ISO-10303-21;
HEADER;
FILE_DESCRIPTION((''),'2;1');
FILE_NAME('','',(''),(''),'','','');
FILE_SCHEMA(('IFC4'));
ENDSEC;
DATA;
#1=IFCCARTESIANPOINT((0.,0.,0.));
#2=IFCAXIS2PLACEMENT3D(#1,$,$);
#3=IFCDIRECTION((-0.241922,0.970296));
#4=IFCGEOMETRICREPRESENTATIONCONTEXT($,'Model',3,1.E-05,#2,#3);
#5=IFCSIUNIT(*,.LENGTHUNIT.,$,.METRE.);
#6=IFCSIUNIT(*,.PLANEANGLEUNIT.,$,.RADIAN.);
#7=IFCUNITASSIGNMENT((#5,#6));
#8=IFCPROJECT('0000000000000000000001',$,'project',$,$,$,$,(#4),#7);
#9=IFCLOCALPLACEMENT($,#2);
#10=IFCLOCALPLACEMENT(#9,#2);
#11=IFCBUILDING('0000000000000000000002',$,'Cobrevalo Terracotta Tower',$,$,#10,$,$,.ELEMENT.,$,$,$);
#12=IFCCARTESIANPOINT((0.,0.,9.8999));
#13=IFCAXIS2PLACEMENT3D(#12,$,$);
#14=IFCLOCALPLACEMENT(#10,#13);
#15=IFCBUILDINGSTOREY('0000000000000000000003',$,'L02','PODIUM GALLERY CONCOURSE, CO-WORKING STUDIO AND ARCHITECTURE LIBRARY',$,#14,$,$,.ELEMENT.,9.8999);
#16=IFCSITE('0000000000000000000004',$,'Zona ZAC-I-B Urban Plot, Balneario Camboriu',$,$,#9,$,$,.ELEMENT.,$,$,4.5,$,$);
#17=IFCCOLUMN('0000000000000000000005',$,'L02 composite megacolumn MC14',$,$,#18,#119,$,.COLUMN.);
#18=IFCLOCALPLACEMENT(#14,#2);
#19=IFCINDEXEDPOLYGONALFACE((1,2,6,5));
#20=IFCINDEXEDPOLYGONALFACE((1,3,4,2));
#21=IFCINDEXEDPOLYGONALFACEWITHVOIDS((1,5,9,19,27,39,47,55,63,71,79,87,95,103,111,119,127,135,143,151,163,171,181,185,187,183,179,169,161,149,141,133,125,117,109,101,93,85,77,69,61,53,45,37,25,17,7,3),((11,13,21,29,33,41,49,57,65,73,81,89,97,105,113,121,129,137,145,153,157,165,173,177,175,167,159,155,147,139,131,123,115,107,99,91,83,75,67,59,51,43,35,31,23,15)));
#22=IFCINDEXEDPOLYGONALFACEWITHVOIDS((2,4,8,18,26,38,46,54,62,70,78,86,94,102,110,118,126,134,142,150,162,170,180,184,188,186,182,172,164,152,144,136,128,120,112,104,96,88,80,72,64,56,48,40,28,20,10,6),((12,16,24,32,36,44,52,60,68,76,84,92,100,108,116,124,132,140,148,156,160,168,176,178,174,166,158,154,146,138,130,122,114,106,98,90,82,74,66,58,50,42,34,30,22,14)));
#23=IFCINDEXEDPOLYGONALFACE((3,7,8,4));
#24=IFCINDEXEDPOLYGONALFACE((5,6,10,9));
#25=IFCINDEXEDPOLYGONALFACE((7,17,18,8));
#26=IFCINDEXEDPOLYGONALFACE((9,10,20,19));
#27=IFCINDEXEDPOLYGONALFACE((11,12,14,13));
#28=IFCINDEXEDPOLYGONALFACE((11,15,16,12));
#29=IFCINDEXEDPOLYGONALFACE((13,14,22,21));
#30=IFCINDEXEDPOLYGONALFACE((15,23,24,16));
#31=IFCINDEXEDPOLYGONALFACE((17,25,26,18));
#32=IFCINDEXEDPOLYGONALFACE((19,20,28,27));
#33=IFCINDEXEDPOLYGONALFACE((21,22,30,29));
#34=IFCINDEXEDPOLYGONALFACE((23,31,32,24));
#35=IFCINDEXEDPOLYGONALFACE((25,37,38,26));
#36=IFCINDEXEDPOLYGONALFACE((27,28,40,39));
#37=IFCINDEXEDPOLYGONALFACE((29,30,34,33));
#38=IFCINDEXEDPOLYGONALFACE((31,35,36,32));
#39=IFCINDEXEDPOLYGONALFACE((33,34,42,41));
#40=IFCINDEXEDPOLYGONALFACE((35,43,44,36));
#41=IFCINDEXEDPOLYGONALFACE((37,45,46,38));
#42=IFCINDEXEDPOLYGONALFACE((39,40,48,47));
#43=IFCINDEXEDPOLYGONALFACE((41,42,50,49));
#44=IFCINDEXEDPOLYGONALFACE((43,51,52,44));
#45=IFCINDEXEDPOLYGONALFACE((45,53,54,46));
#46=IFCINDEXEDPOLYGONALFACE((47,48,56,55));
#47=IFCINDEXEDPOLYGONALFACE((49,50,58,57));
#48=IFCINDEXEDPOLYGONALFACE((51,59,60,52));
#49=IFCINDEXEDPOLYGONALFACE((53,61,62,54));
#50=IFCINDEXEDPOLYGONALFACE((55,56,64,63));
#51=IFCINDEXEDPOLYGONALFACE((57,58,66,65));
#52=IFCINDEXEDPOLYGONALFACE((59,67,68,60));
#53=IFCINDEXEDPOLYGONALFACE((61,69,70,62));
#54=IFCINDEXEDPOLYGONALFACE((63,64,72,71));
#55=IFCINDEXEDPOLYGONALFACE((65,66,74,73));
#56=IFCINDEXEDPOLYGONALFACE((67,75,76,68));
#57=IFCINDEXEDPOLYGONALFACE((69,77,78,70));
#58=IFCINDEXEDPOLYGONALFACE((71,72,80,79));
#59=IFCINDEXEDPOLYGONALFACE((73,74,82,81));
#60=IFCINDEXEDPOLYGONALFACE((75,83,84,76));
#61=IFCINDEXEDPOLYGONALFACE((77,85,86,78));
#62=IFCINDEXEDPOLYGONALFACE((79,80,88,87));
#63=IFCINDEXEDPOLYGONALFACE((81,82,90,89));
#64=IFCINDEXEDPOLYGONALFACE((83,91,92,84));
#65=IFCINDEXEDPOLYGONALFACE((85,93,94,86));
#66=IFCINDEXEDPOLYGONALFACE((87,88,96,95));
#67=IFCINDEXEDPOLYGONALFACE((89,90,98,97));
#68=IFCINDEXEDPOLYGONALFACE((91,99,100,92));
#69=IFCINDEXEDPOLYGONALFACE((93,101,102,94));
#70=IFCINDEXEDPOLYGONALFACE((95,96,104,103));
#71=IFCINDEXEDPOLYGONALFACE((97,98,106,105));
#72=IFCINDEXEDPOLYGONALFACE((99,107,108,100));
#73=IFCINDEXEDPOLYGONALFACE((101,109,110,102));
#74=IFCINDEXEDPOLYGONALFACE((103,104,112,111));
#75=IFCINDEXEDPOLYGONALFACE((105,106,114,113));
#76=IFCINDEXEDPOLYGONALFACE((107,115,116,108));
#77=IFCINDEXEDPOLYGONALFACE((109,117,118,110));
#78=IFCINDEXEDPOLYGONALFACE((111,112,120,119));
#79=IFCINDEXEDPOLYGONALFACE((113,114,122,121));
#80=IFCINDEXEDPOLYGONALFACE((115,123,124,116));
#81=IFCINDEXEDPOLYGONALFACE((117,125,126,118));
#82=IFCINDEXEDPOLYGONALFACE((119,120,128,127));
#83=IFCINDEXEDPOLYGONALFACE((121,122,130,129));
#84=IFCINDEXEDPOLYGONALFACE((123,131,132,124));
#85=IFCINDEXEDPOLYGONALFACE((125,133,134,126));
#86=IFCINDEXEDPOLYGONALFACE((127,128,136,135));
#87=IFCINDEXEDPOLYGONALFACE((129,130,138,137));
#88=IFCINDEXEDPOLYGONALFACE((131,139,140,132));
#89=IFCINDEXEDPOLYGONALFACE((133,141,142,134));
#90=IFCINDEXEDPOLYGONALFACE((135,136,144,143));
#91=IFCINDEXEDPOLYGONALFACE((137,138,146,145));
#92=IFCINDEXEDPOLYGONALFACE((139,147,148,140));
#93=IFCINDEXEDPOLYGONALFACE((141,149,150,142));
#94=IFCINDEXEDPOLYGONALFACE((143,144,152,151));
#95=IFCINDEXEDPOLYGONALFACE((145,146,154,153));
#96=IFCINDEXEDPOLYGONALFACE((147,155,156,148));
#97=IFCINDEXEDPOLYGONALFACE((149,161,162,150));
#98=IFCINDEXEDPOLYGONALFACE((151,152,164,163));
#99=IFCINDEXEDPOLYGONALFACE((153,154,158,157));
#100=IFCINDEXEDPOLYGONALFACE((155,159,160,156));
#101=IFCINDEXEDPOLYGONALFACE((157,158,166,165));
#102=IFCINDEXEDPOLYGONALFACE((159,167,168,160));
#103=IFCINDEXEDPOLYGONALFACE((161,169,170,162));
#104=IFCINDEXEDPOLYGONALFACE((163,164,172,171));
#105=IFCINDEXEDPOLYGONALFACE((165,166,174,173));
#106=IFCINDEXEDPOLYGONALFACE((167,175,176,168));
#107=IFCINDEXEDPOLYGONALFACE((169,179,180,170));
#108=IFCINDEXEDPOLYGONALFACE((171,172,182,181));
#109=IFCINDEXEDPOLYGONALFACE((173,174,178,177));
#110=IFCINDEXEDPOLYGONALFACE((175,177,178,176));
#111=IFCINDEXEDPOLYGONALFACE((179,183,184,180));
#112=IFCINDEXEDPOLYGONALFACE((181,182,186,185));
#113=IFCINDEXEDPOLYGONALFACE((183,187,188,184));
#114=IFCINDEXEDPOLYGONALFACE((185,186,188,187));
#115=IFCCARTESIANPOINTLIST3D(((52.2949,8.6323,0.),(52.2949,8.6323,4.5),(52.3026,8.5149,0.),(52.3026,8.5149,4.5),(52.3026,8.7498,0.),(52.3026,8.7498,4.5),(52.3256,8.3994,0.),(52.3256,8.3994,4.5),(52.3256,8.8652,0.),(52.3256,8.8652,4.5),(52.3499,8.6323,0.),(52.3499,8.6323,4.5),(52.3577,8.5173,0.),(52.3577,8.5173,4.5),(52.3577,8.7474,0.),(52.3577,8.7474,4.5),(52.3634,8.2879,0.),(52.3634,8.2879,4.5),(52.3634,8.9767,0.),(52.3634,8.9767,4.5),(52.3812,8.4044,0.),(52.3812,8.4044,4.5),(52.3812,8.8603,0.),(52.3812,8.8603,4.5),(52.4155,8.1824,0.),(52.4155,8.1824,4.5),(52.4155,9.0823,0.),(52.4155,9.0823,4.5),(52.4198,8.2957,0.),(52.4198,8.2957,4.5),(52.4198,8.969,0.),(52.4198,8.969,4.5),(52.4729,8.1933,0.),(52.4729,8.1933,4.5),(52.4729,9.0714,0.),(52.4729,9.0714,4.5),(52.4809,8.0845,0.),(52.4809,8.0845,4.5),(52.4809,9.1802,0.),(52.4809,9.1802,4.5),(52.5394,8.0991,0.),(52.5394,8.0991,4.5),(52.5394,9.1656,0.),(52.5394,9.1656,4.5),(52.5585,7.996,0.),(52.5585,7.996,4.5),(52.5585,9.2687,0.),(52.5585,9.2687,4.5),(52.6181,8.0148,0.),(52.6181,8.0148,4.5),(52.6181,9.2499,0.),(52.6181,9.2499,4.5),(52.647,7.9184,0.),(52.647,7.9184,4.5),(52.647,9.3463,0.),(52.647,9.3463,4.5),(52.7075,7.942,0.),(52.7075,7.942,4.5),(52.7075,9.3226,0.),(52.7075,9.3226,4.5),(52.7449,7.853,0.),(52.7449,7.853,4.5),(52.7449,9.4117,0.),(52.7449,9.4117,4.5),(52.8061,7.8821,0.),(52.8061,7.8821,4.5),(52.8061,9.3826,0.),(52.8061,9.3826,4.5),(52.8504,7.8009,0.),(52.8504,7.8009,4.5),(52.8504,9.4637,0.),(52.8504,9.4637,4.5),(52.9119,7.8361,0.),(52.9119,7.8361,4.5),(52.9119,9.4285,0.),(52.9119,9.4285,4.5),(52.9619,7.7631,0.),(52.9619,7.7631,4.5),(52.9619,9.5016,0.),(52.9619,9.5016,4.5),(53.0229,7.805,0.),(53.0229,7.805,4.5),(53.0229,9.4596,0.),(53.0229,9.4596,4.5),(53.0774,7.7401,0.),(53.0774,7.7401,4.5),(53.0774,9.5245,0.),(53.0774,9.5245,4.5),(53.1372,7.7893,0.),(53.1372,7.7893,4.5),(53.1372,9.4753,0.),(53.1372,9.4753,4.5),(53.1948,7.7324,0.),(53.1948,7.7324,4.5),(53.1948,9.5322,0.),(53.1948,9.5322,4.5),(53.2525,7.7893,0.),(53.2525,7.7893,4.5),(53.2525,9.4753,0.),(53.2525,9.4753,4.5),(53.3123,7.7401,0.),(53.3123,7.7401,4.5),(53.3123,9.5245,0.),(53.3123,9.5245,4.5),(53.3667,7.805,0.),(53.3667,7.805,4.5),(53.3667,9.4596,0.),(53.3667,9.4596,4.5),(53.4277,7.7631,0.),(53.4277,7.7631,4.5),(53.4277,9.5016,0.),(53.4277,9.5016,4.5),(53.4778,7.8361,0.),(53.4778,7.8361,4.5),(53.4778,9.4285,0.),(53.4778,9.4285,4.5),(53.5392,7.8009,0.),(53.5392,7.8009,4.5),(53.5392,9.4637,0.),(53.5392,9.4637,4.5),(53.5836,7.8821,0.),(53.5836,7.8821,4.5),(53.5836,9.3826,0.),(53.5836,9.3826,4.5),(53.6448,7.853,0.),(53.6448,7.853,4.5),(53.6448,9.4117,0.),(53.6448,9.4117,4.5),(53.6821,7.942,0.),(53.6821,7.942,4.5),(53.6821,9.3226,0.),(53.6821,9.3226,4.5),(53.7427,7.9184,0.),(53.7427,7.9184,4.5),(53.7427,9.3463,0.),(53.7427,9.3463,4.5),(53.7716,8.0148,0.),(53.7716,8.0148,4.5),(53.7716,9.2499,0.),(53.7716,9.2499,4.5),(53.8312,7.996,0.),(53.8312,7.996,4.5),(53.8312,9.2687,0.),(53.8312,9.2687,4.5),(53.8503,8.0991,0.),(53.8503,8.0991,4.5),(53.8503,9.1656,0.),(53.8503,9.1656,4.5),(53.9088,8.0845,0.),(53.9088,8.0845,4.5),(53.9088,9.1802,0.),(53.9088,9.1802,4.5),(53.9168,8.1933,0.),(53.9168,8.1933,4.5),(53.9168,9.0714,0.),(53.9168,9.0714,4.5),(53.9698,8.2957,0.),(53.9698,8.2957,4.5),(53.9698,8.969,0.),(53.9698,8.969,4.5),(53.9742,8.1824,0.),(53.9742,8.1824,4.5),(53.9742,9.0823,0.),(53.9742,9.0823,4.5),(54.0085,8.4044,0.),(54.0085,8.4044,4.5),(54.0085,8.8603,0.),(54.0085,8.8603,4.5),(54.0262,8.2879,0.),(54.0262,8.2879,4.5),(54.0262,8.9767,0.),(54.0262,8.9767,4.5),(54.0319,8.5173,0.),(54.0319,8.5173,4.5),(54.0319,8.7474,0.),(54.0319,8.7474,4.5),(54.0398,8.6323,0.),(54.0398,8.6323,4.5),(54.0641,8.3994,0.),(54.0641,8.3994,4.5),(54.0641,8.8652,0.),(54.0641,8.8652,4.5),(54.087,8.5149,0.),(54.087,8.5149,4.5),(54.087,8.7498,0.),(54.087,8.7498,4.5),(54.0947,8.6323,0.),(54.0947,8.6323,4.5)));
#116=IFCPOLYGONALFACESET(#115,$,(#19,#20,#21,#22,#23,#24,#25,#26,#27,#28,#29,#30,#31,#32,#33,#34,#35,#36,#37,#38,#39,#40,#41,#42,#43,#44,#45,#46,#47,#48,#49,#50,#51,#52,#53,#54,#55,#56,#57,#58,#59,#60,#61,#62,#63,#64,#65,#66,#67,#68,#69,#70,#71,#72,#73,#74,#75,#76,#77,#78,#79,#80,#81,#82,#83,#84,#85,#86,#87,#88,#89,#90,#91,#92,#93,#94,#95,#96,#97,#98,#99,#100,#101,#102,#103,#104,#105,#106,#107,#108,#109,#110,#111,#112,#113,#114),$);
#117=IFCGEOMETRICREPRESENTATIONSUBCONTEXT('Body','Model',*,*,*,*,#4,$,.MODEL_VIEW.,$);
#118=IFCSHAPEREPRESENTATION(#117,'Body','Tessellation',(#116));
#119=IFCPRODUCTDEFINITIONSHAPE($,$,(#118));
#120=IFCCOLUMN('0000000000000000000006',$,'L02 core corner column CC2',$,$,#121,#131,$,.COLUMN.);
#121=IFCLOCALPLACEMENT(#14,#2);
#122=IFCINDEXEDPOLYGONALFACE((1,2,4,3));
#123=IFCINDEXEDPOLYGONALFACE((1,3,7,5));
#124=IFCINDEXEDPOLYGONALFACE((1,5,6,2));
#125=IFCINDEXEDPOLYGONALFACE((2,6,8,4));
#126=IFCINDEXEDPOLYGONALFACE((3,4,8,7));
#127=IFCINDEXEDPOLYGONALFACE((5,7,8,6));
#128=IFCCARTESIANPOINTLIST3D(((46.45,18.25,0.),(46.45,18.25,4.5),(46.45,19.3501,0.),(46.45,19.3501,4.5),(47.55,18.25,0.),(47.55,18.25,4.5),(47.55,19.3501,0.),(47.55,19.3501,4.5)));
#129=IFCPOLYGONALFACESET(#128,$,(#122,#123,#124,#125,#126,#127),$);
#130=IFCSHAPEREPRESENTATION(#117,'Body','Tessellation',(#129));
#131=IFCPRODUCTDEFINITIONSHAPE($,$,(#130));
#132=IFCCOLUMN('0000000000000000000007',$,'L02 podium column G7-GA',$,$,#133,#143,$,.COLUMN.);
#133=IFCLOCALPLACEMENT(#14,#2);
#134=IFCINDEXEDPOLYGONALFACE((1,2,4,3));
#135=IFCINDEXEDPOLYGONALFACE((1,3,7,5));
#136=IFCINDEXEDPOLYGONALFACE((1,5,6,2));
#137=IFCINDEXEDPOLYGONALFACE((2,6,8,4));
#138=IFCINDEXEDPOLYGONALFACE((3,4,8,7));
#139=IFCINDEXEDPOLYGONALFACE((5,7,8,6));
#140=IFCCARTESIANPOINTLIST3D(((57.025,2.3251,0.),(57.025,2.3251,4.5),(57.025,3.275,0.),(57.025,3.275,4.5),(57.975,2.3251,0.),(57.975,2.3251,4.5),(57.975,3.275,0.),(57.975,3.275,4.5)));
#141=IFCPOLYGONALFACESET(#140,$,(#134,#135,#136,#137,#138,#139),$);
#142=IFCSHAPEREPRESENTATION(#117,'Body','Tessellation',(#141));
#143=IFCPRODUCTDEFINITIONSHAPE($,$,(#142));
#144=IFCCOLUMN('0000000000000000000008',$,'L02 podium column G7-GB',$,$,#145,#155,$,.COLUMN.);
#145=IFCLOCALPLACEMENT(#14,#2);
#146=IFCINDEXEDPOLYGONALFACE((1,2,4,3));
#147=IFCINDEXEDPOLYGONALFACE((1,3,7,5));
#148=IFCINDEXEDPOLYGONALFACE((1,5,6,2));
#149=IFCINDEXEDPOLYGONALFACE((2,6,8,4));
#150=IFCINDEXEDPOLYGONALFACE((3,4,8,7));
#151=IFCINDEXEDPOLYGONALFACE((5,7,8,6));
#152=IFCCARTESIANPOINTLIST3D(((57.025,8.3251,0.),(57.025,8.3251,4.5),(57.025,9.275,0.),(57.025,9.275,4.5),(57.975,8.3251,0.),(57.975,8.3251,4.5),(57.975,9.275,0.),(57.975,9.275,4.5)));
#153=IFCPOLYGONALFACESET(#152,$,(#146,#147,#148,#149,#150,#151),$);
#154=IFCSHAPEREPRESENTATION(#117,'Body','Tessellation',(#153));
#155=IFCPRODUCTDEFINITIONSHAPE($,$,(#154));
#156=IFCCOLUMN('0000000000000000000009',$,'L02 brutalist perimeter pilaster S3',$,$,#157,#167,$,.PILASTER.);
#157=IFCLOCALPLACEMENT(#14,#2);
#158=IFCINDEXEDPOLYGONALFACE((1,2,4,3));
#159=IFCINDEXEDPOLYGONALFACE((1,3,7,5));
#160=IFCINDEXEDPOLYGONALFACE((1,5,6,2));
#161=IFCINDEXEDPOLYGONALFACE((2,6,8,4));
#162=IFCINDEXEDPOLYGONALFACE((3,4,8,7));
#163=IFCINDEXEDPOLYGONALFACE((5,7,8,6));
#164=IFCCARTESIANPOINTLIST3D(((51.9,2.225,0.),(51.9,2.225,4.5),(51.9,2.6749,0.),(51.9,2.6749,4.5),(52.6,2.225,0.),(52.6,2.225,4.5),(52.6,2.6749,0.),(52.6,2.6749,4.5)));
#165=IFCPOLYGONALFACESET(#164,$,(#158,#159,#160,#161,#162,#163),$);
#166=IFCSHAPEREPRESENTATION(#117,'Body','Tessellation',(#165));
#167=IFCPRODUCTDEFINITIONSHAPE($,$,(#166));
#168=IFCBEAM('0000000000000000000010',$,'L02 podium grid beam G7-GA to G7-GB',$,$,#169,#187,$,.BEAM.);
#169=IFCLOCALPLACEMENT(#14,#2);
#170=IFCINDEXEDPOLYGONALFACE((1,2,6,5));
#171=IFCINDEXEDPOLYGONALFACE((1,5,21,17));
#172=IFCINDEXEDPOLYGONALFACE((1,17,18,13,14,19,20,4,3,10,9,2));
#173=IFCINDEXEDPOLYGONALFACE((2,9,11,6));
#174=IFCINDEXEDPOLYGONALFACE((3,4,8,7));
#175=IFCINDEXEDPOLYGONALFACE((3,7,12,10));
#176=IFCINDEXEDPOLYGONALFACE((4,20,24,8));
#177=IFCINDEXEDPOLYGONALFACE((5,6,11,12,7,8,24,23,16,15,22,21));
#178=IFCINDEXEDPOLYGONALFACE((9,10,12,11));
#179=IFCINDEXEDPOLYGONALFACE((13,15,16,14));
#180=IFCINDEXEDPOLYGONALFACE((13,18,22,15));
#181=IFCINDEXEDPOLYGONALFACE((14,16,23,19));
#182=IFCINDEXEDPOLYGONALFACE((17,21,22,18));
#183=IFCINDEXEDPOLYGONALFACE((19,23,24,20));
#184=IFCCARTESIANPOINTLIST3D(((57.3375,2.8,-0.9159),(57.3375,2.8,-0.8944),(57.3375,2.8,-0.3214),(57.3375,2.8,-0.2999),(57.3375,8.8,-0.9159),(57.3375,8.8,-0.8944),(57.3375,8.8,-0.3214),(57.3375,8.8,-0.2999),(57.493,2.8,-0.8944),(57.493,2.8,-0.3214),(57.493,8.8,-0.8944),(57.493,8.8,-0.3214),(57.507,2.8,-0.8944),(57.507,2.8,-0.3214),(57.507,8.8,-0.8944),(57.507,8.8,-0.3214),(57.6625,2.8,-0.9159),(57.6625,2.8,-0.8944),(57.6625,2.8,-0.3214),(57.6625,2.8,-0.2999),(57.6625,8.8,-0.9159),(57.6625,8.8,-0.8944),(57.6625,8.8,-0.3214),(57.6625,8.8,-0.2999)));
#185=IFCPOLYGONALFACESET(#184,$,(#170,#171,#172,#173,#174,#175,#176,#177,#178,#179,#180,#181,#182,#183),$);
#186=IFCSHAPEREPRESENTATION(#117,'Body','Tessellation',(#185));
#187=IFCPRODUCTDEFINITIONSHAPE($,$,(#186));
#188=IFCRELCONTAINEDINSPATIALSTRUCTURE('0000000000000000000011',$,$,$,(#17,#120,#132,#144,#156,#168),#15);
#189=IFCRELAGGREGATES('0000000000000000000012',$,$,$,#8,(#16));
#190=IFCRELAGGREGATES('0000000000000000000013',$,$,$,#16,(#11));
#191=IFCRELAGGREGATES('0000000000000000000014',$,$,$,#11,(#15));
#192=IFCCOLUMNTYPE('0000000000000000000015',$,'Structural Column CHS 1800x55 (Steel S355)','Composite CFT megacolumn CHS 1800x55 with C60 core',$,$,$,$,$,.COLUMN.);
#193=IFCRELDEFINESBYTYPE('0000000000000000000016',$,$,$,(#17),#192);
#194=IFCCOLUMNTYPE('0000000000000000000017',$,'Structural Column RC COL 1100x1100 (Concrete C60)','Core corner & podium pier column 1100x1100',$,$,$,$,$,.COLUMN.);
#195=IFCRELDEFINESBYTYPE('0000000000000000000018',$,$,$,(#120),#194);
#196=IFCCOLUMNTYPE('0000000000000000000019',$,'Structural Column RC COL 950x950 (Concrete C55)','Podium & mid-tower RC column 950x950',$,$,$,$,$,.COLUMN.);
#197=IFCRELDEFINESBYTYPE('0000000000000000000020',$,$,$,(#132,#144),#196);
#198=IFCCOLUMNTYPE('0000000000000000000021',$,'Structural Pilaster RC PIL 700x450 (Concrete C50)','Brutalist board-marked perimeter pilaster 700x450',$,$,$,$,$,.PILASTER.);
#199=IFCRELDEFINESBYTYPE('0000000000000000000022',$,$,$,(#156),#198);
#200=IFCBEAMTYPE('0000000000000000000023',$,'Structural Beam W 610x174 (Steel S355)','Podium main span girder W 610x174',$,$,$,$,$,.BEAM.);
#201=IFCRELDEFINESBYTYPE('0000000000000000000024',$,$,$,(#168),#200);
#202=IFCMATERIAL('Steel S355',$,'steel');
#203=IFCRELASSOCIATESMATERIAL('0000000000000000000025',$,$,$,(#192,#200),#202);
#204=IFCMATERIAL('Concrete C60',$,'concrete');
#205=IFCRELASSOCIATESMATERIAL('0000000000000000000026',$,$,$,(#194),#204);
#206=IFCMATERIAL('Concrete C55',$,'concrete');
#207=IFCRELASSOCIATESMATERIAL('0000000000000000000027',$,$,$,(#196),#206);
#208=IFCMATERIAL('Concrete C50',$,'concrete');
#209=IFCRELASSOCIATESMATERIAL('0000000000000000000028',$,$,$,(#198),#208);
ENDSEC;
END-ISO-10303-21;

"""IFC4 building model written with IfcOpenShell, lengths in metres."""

from ifc_helpers import new_model, si_unit, direction, frame, origin, origin_2d, place, context, subcontext, project, spatial, rectangle, hollow_circle, i_section, extrude, material, material_profile, profile_set, type_object, element, save


model = new_model("IFC4")

# Units and contexts
model_context = context("Model", 3, precision=1e-05, world=origin(), true_north=direction((-0.241922, 0.970296)))
body_context = subcontext(model_context, "Body", "Model", "MODEL_VIEW")
ifc_project = project(units=[si_unit("LENGTHUNIT", "METRE"), si_unit("PLANEANGLEUNIT", "RADIAN")], contexts=[model_context])

# Site, building, storey
site_placement = place(None, origin())
site = spatial("IfcSite", under=ifc_project, at=site_placement, Name="Zona ZAC-I-B Urban Plot, Balneario Camboriu", CompositionType="ELEMENT", RefElevation=4.5)
building_placement = place(site_placement, origin())
building = spatial("IfcBuilding", under=site, at=building_placement, Name="Cobrevalo Terracotta Tower", CompositionType="ELEMENT")
storey_placement = place(building_placement, frame((0.0, 0.0, 9.8999)))
storey = spatial("IfcBuildingStorey", under=building, at=storey_placement, Name="L02", Description="PODIUM GALLERY CONCOURSE, CO-WORKING STUDIO AND ARCHITECTURE LIBRARY", CompositionType="ELEMENT", Elevation=9.8999)

# Columns
ifc_material_1 = material(Name="Steel S355", Category="steel")
ifc_material_profile_1 = material_profile(ifc_material_1, hollow_circle(Radius=0.8999, WallThickness=0.0549, at=origin_2d()), Name="CHS 1800x55")
ifc_profile_set_1 = profile_set([ifc_material_profile_1], Name="Steel S355")
column_type_1 = type_object("IfcColumnType", Name="Structural Column CHS 1800x55 (Steel S355)", Description="Composite CFT megacolumn CHS 1800x55 with C60 core", PredefinedType="COLUMN", material=ifc_profile_set_1)
column_1_placement = place(storey_placement, frame((53.1948, 8.6323, 0.0), z_axis=(0.0, 0.0, 1.0), x_axis=(1.0, 0.0, 0.0)))
element("IfcColumn", 1, at=column_1_placement, inside=storey, type_object=column_type_1, Name="L02 composite megacolumn MC14", PredefinedType="COLUMN", context=body_context, shape_type="SweptSolid", body=[
    extrude(hollow_circle(Radius=0.8999, WallThickness=0.0549, at=origin_2d()), origin(), (0.0, 0.0, 1.0), 4.5),
])
ifc_material_2 = material(Name="Concrete C60", Category="concrete")
ifc_material_profile_2 = material_profile(ifc_material_2, rectangle(XDim=1.1001, YDim=1.1001, at=origin_2d()), Name="RC COL 1100x1100")
ifc_profile_set_2 = profile_set([ifc_material_profile_2], Name="Concrete C60")
column_type_2 = type_object("IfcColumnType", Name="Structural Column RC COL 1100x1100 (Concrete C60)", Description="Core corner & podium pier column 1100x1100", PredefinedType="COLUMN", material=ifc_profile_set_2)
column_2_placement = place(storey_placement, frame((47.0, 18.8, 0.0), z_axis=(0.0, 0.0, 1.0), x_axis=(1.0, 0.0, 0.0)))
element("IfcColumn", 2, at=column_2_placement, inside=storey, type_object=column_type_2, Name="L02 core corner column CC2", PredefinedType="COLUMN", context=body_context, shape_type="SweptSolid", body=[
    extrude(rectangle(XDim=1.1001, YDim=1.1001, at=origin_2d()), origin(), (0.0, 0.0, 1.0), 4.5),
])
ifc_material_3 = material(Name="Concrete C55", Category="concrete")
ifc_material_profile_3 = material_profile(ifc_material_3, rectangle(XDim=0.95, YDim=0.95, at=origin_2d()), Name="RC COL 950x950")
ifc_profile_set_3 = profile_set([ifc_material_profile_3], Name="Concrete C55")
column_type_3 = type_object("IfcColumnType", Name="Structural Column RC COL 950x950 (Concrete C55)", Description="Podium & mid-tower RC column 950x950", PredefinedType="COLUMN", material=ifc_profile_set_3)
for number, where, z_axis, x_axis, name in (
    (3, (57.5, 2.8, 0.0), (0.0, 0.0, 1.0), (1.0, 0.0, 0.0), "L02 podium column G7-GA"),
    (4, (57.5, 8.8, 0.0), (0.0, 0.0, 1.0), (1.0, 0.0, 0.0), "L02 podium column G7-GB"),
):
    element("IfcColumn", number, at=place(storey_placement, frame(where, z_axis=z_axis, x_axis=x_axis)), inside=storey, type_object=column_type_3, Name=name, PredefinedType="COLUMN", context=body_context, shape_type="SweptSolid", body=[
        extrude(rectangle(XDim=0.95, YDim=0.95, at=origin_2d()), origin(), (0.0, 0.0, 1.0), 4.5),
    ])
ifc_material_4 = material(Name="Concrete C50", Category="concrete")
ifc_material_profile_4 = material_profile(ifc_material_4, rectangle(XDim=0.7, YDim=0.45, at=origin_2d()), Name="RC PIL 700x450")
ifc_profile_set_4 = profile_set([ifc_material_profile_4], Name="Concrete C50")
column_type_4 = type_object("IfcColumnType", Name="Structural Pilaster RC PIL 700x450 (Concrete C50)", Description="Brutalist board-marked perimeter pilaster 700x450", PredefinedType="PILASTER", material=ifc_profile_set_4)
column_3_placement = place(storey_placement, frame((52.25, 2.45, 0.0), z_axis=(0.0, 0.0, 1.0), x_axis=(1.0, 0.0, 0.0)))
element("IfcColumn", 5, at=column_3_placement, inside=storey, type_object=column_type_4, Name="L02 brutalist perimeter pilaster S3", PredefinedType="PILASTER", context=body_context, shape_type="SweptSolid", body=[
    extrude(rectangle(XDim=0.7, YDim=0.45, at=origin_2d()), origin(), (0.0, 0.0, 1.0), 4.5),
])

# Beam
ifc_material_profile_5 = material_profile(ifc_material_1, i_section(OverallWidth=0.325, OverallDepth=0.616, WebThickness=0.0139, FlangeThickness=0.0215, at=origin_2d()), Name="W 610x174")
ifc_profile_set_5 = profile_set([ifc_material_profile_5], Name="Steel S355")
beam_type_1 = type_object("IfcBeamType", Name="Structural Beam W 610x174 (Steel S355)", Description="Podium main span girder W 610x174", PredefinedType="BEAM", material=ifc_profile_set_5)
beam_1_placement = place(storey_placement, frame((57.5, 2.8, -0.6079), z_axis=(0.0, 1.0, 0.0), x_axis=(-1.0, 0.0, 0.0)))
element("IfcBeam", 6, at=beam_1_placement, inside=storey, type_object=beam_type_1, Name="L02 podium grid beam G7-GA to G7-GB", PredefinedType="BEAM", context=body_context, shape_type="SweptSolid", body=[
    extrude(i_section(OverallWidth=0.325, OverallDepth=0.616, WebThickness=0.0139, FlangeThickness=0.0215, at=origin_2d()), origin(), (0.0, 0.0, 1.0), 6.0),
])

save(model, "model.ifc")
